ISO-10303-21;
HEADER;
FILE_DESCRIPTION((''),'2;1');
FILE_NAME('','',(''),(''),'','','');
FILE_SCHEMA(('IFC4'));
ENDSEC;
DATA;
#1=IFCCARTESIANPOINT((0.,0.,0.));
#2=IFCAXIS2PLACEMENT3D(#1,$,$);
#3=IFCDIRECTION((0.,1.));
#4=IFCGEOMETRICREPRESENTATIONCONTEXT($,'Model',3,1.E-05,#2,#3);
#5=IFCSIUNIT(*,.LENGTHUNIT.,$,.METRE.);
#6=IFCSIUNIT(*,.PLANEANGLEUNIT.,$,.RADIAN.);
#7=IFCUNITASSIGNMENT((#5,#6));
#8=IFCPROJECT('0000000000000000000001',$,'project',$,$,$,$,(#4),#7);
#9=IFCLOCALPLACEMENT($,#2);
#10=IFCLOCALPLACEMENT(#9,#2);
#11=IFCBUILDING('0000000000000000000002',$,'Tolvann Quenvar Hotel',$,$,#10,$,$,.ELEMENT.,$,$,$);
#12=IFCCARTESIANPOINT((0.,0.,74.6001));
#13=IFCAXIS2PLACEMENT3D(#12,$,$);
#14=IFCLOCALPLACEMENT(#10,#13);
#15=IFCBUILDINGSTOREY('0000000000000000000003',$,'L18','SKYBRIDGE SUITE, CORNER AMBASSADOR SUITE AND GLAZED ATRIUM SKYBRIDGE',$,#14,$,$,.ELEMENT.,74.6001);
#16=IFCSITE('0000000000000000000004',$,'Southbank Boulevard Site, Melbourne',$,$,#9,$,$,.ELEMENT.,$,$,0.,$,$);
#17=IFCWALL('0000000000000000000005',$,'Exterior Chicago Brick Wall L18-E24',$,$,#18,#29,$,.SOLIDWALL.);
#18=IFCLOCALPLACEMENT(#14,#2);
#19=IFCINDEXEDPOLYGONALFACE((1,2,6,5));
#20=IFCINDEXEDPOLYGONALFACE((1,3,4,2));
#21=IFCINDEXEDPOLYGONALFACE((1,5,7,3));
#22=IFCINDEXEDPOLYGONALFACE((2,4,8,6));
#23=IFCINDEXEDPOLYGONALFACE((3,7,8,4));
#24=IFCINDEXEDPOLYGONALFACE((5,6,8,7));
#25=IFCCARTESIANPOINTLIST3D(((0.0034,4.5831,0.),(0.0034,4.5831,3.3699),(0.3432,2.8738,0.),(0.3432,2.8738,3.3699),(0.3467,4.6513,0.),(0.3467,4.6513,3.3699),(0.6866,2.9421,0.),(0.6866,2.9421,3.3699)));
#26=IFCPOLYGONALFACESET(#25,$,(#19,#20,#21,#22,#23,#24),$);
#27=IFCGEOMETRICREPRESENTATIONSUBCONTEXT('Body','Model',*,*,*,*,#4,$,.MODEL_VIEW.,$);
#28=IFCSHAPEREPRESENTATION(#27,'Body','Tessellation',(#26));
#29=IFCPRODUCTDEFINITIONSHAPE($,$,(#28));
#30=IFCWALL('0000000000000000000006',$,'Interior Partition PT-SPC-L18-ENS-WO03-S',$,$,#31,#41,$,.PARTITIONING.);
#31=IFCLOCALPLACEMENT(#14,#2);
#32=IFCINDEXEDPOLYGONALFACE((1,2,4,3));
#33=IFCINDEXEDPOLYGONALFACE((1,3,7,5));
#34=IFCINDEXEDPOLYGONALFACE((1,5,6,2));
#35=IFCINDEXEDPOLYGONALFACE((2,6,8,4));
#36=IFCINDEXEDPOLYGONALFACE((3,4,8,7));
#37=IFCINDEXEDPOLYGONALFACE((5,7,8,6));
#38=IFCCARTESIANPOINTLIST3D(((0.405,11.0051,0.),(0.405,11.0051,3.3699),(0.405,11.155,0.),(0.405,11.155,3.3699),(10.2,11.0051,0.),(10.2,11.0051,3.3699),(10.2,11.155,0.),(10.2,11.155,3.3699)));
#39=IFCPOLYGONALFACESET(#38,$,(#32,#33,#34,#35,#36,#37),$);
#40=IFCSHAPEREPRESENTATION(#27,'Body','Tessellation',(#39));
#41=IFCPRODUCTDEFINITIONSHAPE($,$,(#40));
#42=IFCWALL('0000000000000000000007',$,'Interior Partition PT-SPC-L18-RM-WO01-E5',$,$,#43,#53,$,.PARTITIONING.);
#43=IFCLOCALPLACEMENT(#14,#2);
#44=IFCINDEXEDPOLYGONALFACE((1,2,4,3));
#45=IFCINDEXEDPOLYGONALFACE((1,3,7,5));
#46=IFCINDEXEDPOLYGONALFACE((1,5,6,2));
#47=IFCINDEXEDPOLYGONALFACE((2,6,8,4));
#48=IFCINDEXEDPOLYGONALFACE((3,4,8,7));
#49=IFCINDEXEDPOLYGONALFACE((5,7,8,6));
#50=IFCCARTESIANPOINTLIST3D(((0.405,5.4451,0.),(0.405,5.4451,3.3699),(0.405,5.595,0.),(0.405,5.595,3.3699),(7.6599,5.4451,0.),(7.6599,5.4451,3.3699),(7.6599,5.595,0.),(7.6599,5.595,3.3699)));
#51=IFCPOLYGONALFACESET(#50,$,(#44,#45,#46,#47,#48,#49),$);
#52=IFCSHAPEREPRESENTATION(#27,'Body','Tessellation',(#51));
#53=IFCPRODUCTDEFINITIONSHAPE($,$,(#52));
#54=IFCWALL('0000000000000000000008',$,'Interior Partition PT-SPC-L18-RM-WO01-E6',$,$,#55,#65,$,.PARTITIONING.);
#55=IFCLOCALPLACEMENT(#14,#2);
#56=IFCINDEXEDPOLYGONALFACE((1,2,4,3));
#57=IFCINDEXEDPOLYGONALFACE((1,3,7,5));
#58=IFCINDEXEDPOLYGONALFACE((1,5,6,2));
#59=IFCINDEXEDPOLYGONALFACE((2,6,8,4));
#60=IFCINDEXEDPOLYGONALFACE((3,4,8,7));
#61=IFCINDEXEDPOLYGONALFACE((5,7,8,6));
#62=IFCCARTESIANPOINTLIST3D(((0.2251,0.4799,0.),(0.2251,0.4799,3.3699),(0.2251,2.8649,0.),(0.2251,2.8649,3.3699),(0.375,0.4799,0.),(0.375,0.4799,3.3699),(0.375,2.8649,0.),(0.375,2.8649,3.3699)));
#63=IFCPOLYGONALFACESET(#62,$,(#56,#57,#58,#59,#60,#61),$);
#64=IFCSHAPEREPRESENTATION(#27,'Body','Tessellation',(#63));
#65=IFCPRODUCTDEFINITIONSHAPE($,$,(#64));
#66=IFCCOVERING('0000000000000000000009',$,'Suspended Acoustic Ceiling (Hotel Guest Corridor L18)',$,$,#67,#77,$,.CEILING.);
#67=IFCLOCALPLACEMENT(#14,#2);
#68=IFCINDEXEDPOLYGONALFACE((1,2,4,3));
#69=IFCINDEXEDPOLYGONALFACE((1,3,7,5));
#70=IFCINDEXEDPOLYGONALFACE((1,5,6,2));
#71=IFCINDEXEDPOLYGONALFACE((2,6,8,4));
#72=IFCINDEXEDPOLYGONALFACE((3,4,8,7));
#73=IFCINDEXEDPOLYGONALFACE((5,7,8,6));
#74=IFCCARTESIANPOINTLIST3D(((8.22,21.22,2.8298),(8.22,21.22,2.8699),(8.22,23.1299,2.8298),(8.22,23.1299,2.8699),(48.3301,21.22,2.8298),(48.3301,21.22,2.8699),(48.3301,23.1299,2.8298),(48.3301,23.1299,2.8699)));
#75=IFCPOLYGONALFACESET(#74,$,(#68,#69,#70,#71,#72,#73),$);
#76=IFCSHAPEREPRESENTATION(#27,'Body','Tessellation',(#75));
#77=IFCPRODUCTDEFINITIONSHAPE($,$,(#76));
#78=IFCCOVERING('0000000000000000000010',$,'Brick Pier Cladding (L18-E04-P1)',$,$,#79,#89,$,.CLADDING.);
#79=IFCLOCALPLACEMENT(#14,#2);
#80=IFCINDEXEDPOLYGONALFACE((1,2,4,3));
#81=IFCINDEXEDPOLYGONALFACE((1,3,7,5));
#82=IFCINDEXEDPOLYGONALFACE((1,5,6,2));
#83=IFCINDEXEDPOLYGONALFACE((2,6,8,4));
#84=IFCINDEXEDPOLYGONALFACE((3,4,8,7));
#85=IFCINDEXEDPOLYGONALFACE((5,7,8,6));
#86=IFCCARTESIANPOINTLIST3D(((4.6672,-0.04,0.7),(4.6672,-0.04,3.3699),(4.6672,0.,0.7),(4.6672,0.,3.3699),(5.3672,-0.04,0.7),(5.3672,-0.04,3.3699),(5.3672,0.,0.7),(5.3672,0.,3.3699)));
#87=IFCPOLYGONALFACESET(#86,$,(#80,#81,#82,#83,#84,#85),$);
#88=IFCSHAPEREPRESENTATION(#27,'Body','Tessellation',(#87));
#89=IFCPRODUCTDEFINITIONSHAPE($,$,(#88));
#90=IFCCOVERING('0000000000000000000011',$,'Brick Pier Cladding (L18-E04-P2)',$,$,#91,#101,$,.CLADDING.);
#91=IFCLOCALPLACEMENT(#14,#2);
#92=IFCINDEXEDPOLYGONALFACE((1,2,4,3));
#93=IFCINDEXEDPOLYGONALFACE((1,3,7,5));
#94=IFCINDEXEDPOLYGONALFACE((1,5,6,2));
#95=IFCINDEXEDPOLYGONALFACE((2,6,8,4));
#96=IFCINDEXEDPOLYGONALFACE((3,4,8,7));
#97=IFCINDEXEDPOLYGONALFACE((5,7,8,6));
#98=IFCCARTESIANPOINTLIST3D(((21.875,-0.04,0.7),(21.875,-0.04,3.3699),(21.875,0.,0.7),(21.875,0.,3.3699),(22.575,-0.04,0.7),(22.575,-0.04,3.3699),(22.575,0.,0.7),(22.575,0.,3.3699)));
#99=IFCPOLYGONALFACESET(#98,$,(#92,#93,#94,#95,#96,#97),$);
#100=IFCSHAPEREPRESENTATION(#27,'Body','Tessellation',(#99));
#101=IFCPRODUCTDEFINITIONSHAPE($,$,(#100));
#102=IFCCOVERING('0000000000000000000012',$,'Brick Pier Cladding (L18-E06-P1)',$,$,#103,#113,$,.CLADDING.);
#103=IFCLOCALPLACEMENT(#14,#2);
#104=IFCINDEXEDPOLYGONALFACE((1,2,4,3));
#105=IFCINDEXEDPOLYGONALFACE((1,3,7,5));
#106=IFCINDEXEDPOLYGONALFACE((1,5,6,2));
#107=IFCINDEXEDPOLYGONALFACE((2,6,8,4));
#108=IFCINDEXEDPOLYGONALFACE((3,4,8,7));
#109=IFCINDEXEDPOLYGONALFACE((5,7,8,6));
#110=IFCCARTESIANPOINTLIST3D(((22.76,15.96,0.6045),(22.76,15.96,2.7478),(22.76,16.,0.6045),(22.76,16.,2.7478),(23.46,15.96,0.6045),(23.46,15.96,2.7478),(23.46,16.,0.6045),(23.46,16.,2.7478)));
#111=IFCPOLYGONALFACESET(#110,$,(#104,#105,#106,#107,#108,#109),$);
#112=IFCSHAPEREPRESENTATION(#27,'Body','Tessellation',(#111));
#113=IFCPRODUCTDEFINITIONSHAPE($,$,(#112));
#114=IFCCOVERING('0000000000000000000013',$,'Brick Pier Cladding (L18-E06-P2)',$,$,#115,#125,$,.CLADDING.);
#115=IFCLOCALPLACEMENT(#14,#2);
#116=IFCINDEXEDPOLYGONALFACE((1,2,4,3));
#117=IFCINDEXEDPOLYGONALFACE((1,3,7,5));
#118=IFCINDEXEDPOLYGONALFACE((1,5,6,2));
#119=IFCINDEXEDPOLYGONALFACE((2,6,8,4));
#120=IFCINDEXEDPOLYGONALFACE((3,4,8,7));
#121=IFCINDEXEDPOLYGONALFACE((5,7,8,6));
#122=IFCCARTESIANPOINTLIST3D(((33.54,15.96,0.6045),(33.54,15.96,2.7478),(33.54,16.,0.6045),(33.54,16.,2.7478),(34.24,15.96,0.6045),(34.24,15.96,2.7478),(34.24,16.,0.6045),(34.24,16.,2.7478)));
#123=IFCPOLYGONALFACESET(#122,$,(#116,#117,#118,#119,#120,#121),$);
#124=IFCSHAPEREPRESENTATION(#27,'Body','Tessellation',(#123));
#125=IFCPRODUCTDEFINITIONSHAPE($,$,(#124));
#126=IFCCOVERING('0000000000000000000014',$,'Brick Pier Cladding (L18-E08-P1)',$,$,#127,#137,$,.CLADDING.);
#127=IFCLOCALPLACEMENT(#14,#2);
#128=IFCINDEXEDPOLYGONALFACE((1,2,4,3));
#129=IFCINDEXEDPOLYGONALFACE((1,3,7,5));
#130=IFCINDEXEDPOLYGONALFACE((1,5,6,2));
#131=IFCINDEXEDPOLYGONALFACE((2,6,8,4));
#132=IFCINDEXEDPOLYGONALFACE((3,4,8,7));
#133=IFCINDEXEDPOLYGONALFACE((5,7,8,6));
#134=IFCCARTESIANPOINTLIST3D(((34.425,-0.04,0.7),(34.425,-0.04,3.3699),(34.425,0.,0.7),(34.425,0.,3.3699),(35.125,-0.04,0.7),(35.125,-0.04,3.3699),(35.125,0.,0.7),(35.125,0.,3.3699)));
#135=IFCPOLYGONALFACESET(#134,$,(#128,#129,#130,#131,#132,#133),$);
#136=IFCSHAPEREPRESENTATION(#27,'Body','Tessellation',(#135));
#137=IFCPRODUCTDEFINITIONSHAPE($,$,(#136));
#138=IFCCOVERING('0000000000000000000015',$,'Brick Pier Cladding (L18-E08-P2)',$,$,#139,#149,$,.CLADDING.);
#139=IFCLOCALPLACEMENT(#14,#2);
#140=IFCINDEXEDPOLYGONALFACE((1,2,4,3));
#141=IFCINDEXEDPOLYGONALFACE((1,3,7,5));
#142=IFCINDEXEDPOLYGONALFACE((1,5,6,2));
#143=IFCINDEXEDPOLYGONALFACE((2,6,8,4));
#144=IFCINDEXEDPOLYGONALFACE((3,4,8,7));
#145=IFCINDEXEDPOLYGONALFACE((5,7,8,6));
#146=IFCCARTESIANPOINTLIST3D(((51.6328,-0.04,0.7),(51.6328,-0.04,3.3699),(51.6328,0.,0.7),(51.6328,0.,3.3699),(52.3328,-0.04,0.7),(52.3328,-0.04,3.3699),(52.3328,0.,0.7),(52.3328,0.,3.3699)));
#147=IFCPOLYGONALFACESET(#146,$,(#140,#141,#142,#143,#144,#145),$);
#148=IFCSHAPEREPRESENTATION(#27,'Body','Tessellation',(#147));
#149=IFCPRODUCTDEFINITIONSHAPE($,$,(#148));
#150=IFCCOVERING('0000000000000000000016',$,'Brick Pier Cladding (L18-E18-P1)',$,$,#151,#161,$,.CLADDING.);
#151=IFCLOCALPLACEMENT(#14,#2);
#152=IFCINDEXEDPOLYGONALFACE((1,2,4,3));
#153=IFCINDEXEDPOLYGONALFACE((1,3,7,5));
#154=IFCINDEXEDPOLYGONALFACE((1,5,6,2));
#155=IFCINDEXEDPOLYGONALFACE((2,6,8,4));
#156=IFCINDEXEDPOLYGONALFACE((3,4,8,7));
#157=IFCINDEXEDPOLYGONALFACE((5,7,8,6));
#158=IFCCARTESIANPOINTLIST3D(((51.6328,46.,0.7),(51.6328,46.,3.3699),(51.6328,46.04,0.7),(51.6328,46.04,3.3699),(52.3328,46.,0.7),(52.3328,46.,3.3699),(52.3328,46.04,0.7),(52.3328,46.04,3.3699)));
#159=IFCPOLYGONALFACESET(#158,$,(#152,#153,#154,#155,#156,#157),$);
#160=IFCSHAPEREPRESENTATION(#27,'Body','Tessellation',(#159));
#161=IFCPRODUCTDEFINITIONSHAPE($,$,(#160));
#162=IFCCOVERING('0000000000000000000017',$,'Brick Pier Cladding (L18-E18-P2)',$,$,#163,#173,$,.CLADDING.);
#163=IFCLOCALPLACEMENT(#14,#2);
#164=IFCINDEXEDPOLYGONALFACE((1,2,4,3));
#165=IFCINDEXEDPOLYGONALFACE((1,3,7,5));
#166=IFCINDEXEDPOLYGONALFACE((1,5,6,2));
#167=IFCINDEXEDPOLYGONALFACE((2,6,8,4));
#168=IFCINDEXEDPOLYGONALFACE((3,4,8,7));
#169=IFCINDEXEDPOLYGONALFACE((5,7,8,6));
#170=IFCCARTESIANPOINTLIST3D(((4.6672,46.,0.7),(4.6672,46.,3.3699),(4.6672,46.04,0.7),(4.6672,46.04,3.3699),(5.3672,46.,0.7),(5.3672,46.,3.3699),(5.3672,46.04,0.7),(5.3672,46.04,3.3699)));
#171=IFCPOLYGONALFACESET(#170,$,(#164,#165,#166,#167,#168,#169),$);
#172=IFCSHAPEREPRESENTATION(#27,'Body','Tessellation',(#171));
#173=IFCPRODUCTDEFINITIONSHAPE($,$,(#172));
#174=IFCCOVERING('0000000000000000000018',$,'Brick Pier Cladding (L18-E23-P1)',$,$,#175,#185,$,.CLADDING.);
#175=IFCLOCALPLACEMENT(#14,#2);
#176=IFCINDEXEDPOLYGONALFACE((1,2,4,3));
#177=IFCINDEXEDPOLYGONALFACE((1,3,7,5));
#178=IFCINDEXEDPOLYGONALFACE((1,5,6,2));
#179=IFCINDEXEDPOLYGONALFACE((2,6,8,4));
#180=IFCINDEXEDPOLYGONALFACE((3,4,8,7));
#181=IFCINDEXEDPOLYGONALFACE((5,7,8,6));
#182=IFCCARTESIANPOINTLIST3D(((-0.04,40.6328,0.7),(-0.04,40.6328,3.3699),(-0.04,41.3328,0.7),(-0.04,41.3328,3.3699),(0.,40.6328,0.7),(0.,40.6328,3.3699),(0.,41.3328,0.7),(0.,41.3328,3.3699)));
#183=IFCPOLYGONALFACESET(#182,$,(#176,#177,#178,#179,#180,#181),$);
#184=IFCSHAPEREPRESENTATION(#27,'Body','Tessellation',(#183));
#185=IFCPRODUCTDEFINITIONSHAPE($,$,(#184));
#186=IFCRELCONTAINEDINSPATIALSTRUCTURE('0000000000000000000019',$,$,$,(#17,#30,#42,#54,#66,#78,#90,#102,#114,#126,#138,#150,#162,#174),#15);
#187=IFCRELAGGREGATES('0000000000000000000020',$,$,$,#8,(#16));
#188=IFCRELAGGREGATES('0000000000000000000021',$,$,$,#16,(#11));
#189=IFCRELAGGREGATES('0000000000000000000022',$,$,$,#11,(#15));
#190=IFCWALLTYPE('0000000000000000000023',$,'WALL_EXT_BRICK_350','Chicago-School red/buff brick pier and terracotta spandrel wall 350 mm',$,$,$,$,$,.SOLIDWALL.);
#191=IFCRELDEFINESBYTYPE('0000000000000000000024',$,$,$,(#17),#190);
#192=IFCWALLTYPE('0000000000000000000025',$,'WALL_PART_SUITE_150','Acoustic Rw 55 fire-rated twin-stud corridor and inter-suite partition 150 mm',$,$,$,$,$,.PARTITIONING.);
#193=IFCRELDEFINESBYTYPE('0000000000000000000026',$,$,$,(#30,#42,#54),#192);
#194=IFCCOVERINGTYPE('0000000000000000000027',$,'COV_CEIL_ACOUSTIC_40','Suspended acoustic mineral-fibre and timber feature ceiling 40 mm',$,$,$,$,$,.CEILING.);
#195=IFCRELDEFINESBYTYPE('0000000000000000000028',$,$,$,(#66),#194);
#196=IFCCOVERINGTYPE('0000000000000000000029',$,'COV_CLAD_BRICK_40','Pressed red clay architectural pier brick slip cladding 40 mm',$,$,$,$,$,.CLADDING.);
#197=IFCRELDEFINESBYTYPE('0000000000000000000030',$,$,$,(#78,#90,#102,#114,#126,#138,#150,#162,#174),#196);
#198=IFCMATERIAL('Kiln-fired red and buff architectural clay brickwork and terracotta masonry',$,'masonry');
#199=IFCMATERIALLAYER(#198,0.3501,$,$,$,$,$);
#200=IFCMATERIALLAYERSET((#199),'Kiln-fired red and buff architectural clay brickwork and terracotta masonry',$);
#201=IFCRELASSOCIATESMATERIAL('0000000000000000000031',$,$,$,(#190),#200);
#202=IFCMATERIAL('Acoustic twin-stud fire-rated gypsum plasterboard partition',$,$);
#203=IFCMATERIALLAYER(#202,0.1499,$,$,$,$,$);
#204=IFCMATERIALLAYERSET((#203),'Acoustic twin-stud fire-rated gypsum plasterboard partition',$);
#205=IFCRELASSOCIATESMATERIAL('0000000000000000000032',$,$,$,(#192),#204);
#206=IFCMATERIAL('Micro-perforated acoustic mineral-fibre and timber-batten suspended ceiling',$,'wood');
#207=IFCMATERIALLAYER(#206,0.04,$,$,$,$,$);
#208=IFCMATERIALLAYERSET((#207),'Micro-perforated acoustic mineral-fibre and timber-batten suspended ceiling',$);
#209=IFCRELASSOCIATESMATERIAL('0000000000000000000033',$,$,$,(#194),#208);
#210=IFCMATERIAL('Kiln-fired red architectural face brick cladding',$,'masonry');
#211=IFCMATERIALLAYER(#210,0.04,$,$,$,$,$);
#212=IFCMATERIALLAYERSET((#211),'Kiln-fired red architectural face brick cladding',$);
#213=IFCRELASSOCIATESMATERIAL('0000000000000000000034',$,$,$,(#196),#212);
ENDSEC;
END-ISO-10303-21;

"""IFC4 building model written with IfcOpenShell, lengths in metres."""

from ifc_helpers import new_model, si_unit, direction, frame, frame_2d, origin, place, context, subcontext, project, spatial, polyline, rectangle, outline, extrude, material, layer, layer_set, type_object, element, save


model = new_model("IFC4")

# Units and contexts
model_context = context("Model", 3, precision=1e-05, world=origin(), true_north=direction((0.0, 1.0)))
body_context = subcontext(model_context, "Body", "Model", "MODEL_VIEW")
ifc_project = project(units=[si_unit("LENGTHUNIT", "METRE"), si_unit("PLANEANGLEUNIT", "RADIAN")], contexts=[model_context])

# Site, building, storey
site_placement = place(None, origin())
site = spatial("IfcSite", under=ifc_project, at=site_placement, Name="Southbank Boulevard Site, Melbourne", CompositionType="ELEMENT", RefElevation=0.0)
building_placement = place(site_placement, origin())
building = spatial("IfcBuilding", under=site, at=building_placement, Name="Tolvann Quenvar Hotel", CompositionType="ELEMENT")
storey_placement = place(building_placement, frame((0.0, 0.0, 74.6001)))
storey = spatial("IfcBuildingStorey", under=building, at=storey_placement, Name="L18", Description="SKYBRIDGE SUITE, CORNER AMBASSADOR SUITE AND GLAZED ATRIUM SKYBRIDGE", CompositionType="ELEMENT", Elevation=74.6001)

# Walls
ifc_material_1 = material(Name="Kiln-fired red and buff architectural clay brickwork and terracotta masonry", Category="masonry")
ifc_layer_1 = layer(ifc_material_1, 0.3501)
ifc_layer_set_1 = layer_set([ifc_layer_1], Name="Kiln-fired red and buff architectural clay brickwork and terracotta masonry")
wall_type_1 = type_object("IfcWallType", Name="WALL_EXT_BRICK_350", Description="Chicago-School red/buff brick pier and terracotta spandrel wall 350 mm", PredefinedType="SOLIDWALL", material=ifc_layer_set_1)
wall_1_placement = place(storey_placement, frame((0.175, 4.6172, 0.0), z_axis=(0.0, 0.0, 1.0), x_axis=(0.195011, -0.980801, 0.0)))
element("IfcWall", 1, at=wall_1_placement, inside=storey, type_object=wall_type_1, Name="Exterior Chicago Brick Wall L18-E24", PredefinedType="SOLIDWALL", context=body_context, shape_type="SweptSolid", body=[
    extrude(rectangle(XDim=1.7427, YDim=0.3501, at=frame_2d((0.8713, 0.0))), origin(), (0.0, 0.0, 1.0), 3.3699),
])
ifc_material_2 = material(Name="Acoustic twin-stud fire-rated gypsum plasterboard partition")
ifc_layer_2 = layer(ifc_material_2, 0.1499)
ifc_layer_set_2 = layer_set([ifc_layer_2], Name="Acoustic twin-stud fire-rated gypsum plasterboard partition")
wall_type_2 = type_object("IfcWallType", Name="WALL_PART_SUITE_150", Description="Acoustic Rw 55 fire-rated twin-stud corridor and inter-suite partition 150 mm", PredefinedType="PARTITIONING", material=ifc_layer_set_2)
wall_2_placement = place(storey_placement, frame((0.405, 11.0801, 0.0), z_axis=(0.0, 0.0, 1.0), x_axis=(1.0, 0.0, 0.0)))
element("IfcWall", 2, at=wall_2_placement, inside=storey, type_object=wall_type_2, Name="Interior Partition PT-SPC-L18-ENS-WO03-S", PredefinedType="PARTITIONING", context=body_context, shape_type="SweptSolid", body=[
    extrude(rectangle(XDim=9.7949, YDim=0.1499, at=frame_2d((4.8975, 0.0))), origin(), (0.0, 0.0, 1.0), 3.3699),
])
wall_3_placement = place(storey_placement, frame((0.405, 5.52, 0.0), z_axis=(0.0, 0.0, 1.0), x_axis=(1.0, 0.0, 0.0)))
element("IfcWall", 3, at=wall_3_placement, inside=storey, type_object=wall_type_2, Name="Interior Partition PT-SPC-L18-RM-WO01-E5", PredefinedType="PARTITIONING", context=body_context, shape_type="SweptSolid", body=[
    extrude(rectangle(XDim=7.2549, YDim=0.1499, at=frame_2d((3.6274, 0.0))), origin(), (0.0, 0.0, 1.0), 3.3699),
])
wall_4_placement = place(storey_placement, frame((0.3, 0.48, 0.0), z_axis=(0.0, 0.0, 1.0), x_axis=(0.0, 1.0, 0.0)))
element("IfcWall", 4, at=wall_4_placement, inside=storey, type_object=wall_type_2, Name="Interior Partition PT-SPC-L18-RM-WO01-E6", PredefinedType="PARTITIONING", context=body_context, shape_type="SweptSolid", body=[
    extrude(rectangle(XDim=2.385, YDim=0.1499, at=frame_2d((1.1924, 0.0))), origin(), (0.0, 0.0, 1.0), 3.3699),
])

# Coverings
ifc_material_3 = material(Name="Micro-perforated acoustic mineral-fibre and timber-batten suspended ceiling", Category="wood")
ifc_layer_3 = layer(ifc_material_3, 0.04)
ifc_layer_set_3 = layer_set([ifc_layer_3], Name="Micro-perforated acoustic mineral-fibre and timber-batten suspended ceiling")
covering_type_1 = type_object("IfcCoveringType", Name="COV_CEIL_ACOUSTIC_40", Description="Suspended acoustic mineral-fibre and timber feature ceiling 40 mm", PredefinedType="CEILING", material=ifc_layer_set_3)
covering_1_placement = place(storey_placement, frame((0.0, 0.0, 2.8298)))
element("IfcCovering", 5, at=covering_1_placement, inside=storey, type_object=covering_type_1, Name="Suspended Acoustic Ceiling (Hotel Guest Corridor L18)", PredefinedType="CEILING", context=body_context, shape_type="SweptSolid", body=[
    extrude(outline(polyline([(8.22, 21.22), (48.3301, 21.22), (48.3301, 23.1299), (8.22, 23.1299), (8.22, 21.22)])), origin(), (0.0, 0.0, 1.0), 0.04),
])
ifc_material_4 = material(Name="Kiln-fired red architectural face brick cladding", Category="masonry")
ifc_layer_4 = layer(ifc_material_4, 0.04)
ifc_layer_set_4 = layer_set([ifc_layer_4], Name="Kiln-fired red architectural face brick cladding")
covering_type_2 = type_object("IfcCoveringType", Name="COV_CLAD_BRICK_40", Description="Pressed red clay architectural pier brick slip cladding 40 mm", PredefinedType="CLADDING", material=ifc_layer_set_4)
covering_2_placement = place(storey_placement, frame((0.0, 0.0, 0.7)))
element("IfcCovering", 6, at=covering_2_placement, inside=storey, type_object=covering_type_2, Name="Brick Pier Cladding (L18-E04-P1)", PredefinedType="CLADDING", context=body_context, shape_type="SweptSolid", body=[
    extrude(outline(polyline([(4.6672, 0.0), (5.3672, 0.0), (5.3672, -0.04), (4.6672, -0.04), (4.6672, 0.0)])), origin(), (0.0, 0.0, 1.0), 2.6699),
])
covering_3_placement = place(storey_placement, frame((0.0, 0.0, 0.7)))
element("IfcCovering", 7, at=covering_3_placement, inside=storey, type_object=covering_type_2, Name="Brick Pier Cladding (L18-E04-P2)", PredefinedType="CLADDING", context=body_context, shape_type="SweptSolid", body=[
    extrude(outline(polyline([(21.875, 0.0), (22.575, 0.0), (22.575, -0.04), (21.875, -0.04), (21.875, 0.0)])), origin(), (0.0, 0.0, 1.0), 2.6699),
])
covering_4_placement = place(storey_placement, frame((0.0, 0.0, 0.6045)))
element("IfcCovering", 8, at=covering_4_placement, inside=storey, type_object=covering_type_2, Name="Brick Pier Cladding (L18-E06-P1)", PredefinedType="CLADDING", context=body_context, shape_type="SweptSolid", body=[
    extrude(outline(polyline([(22.76, 16.0), (23.46, 16.0), (23.46, 15.96), (22.76, 15.96), (22.76, 16.0)])), origin(), (0.0, 0.0, 1.0), 2.1433),
])
covering_5_placement = place(storey_placement, frame((0.0, 0.0, 0.6045)))
element("IfcCovering", 9, at=covering_5_placement, inside=storey, type_object=covering_type_2, Name="Brick Pier Cladding (L18-E06-P2)", PredefinedType="CLADDING", context=body_context, shape_type="SweptSolid", body=[
    extrude(outline(polyline([(33.54, 16.0), (34.24, 16.0), (34.24, 15.96), (33.54, 15.96), (33.54, 16.0)])), origin(), (0.0, 0.0, 1.0), 2.1433),
])
covering_6_placement = place(storey_placement, frame((0.0, 0.0, 0.7)))
element("IfcCovering", 10, at=covering_6_placement, inside=storey, type_object=covering_type_2, Name="Brick Pier Cladding (L18-E08-P1)", PredefinedType="CLADDING", context=body_context, shape_type="SweptSolid", body=[
    extrude(outline(polyline([(34.425, 0.0), (35.125, 0.0), (35.125, -0.04), (34.425, -0.04), (34.425, 0.0)])), origin(), (0.0, 0.0, 1.0), 2.6699),
])
covering_7_placement = place(storey_placement, frame((0.0, 0.0, 0.7)))
element("IfcCovering", 11, at=covering_7_placement, inside=storey, type_object=covering_type_2, Name="Brick Pier Cladding (L18-E08-P2)", PredefinedType="CLADDING", context=body_context, shape_type="SweptSolid", body=[
    extrude(outline(polyline([(51.6328, 0.0), (52.3328, 0.0), (52.3328, -0.04), (51.6328, -0.04), (51.6328, 0.0)])), origin(), (0.0, 0.0, 1.0), 2.6699),
])
covering_8_placement = place(storey_placement, frame((0.0, 0.0, 0.7)))
element("IfcCovering", 12, at=covering_8_placement, inside=storey, type_object=covering_type_2, Name="Brick Pier Cladding (L18-E18-P1)", PredefinedType="CLADDING", context=body_context, shape_type="SweptSolid", body=[
    extrude(outline(polyline([(52.3328, 46.0), (51.6328, 46.0), (51.6328, 46.04), (52.3328, 46.04), (52.3328, 46.0)])), origin(), (0.0, 0.0, 1.0), 2.6699),
])
covering_9_placement = place(storey_placement, frame((0.0, 0.0, 0.7)))
element("IfcCovering", 13, at=covering_9_placement, inside=storey, type_object=covering_type_2, Name="Brick Pier Cladding (L18-E18-P2)", PredefinedType="CLADDING", context=body_context, shape_type="SweptSolid", body=[
    extrude(outline(polyline([(5.3672, 46.0), (4.6672, 46.0), (4.6672, 46.04), (5.3672, 46.04), (5.3672, 46.0)])), origin(), (0.0, 0.0, 1.0), 2.6699),
])
covering_10_placement = place(storey_placement, frame((0.0, 0.0, 0.7)))
element("IfcCovering", 14, at=covering_10_placement, inside=storey, type_object=covering_type_2, Name="Brick Pier Cladding (L18-E23-P1)", PredefinedType="CLADDING", context=body_context, shape_type="SweptSolid", body=[
    extrude(outline(polyline([(0.0, 41.3328), (0.0, 40.6328), (-0.04, 40.6328), (-0.04, 41.3328), (0.0, 41.3328)])), origin(), (0.0, 0.0, 1.0), 2.6699),
])

save(model, "model.ifc")
